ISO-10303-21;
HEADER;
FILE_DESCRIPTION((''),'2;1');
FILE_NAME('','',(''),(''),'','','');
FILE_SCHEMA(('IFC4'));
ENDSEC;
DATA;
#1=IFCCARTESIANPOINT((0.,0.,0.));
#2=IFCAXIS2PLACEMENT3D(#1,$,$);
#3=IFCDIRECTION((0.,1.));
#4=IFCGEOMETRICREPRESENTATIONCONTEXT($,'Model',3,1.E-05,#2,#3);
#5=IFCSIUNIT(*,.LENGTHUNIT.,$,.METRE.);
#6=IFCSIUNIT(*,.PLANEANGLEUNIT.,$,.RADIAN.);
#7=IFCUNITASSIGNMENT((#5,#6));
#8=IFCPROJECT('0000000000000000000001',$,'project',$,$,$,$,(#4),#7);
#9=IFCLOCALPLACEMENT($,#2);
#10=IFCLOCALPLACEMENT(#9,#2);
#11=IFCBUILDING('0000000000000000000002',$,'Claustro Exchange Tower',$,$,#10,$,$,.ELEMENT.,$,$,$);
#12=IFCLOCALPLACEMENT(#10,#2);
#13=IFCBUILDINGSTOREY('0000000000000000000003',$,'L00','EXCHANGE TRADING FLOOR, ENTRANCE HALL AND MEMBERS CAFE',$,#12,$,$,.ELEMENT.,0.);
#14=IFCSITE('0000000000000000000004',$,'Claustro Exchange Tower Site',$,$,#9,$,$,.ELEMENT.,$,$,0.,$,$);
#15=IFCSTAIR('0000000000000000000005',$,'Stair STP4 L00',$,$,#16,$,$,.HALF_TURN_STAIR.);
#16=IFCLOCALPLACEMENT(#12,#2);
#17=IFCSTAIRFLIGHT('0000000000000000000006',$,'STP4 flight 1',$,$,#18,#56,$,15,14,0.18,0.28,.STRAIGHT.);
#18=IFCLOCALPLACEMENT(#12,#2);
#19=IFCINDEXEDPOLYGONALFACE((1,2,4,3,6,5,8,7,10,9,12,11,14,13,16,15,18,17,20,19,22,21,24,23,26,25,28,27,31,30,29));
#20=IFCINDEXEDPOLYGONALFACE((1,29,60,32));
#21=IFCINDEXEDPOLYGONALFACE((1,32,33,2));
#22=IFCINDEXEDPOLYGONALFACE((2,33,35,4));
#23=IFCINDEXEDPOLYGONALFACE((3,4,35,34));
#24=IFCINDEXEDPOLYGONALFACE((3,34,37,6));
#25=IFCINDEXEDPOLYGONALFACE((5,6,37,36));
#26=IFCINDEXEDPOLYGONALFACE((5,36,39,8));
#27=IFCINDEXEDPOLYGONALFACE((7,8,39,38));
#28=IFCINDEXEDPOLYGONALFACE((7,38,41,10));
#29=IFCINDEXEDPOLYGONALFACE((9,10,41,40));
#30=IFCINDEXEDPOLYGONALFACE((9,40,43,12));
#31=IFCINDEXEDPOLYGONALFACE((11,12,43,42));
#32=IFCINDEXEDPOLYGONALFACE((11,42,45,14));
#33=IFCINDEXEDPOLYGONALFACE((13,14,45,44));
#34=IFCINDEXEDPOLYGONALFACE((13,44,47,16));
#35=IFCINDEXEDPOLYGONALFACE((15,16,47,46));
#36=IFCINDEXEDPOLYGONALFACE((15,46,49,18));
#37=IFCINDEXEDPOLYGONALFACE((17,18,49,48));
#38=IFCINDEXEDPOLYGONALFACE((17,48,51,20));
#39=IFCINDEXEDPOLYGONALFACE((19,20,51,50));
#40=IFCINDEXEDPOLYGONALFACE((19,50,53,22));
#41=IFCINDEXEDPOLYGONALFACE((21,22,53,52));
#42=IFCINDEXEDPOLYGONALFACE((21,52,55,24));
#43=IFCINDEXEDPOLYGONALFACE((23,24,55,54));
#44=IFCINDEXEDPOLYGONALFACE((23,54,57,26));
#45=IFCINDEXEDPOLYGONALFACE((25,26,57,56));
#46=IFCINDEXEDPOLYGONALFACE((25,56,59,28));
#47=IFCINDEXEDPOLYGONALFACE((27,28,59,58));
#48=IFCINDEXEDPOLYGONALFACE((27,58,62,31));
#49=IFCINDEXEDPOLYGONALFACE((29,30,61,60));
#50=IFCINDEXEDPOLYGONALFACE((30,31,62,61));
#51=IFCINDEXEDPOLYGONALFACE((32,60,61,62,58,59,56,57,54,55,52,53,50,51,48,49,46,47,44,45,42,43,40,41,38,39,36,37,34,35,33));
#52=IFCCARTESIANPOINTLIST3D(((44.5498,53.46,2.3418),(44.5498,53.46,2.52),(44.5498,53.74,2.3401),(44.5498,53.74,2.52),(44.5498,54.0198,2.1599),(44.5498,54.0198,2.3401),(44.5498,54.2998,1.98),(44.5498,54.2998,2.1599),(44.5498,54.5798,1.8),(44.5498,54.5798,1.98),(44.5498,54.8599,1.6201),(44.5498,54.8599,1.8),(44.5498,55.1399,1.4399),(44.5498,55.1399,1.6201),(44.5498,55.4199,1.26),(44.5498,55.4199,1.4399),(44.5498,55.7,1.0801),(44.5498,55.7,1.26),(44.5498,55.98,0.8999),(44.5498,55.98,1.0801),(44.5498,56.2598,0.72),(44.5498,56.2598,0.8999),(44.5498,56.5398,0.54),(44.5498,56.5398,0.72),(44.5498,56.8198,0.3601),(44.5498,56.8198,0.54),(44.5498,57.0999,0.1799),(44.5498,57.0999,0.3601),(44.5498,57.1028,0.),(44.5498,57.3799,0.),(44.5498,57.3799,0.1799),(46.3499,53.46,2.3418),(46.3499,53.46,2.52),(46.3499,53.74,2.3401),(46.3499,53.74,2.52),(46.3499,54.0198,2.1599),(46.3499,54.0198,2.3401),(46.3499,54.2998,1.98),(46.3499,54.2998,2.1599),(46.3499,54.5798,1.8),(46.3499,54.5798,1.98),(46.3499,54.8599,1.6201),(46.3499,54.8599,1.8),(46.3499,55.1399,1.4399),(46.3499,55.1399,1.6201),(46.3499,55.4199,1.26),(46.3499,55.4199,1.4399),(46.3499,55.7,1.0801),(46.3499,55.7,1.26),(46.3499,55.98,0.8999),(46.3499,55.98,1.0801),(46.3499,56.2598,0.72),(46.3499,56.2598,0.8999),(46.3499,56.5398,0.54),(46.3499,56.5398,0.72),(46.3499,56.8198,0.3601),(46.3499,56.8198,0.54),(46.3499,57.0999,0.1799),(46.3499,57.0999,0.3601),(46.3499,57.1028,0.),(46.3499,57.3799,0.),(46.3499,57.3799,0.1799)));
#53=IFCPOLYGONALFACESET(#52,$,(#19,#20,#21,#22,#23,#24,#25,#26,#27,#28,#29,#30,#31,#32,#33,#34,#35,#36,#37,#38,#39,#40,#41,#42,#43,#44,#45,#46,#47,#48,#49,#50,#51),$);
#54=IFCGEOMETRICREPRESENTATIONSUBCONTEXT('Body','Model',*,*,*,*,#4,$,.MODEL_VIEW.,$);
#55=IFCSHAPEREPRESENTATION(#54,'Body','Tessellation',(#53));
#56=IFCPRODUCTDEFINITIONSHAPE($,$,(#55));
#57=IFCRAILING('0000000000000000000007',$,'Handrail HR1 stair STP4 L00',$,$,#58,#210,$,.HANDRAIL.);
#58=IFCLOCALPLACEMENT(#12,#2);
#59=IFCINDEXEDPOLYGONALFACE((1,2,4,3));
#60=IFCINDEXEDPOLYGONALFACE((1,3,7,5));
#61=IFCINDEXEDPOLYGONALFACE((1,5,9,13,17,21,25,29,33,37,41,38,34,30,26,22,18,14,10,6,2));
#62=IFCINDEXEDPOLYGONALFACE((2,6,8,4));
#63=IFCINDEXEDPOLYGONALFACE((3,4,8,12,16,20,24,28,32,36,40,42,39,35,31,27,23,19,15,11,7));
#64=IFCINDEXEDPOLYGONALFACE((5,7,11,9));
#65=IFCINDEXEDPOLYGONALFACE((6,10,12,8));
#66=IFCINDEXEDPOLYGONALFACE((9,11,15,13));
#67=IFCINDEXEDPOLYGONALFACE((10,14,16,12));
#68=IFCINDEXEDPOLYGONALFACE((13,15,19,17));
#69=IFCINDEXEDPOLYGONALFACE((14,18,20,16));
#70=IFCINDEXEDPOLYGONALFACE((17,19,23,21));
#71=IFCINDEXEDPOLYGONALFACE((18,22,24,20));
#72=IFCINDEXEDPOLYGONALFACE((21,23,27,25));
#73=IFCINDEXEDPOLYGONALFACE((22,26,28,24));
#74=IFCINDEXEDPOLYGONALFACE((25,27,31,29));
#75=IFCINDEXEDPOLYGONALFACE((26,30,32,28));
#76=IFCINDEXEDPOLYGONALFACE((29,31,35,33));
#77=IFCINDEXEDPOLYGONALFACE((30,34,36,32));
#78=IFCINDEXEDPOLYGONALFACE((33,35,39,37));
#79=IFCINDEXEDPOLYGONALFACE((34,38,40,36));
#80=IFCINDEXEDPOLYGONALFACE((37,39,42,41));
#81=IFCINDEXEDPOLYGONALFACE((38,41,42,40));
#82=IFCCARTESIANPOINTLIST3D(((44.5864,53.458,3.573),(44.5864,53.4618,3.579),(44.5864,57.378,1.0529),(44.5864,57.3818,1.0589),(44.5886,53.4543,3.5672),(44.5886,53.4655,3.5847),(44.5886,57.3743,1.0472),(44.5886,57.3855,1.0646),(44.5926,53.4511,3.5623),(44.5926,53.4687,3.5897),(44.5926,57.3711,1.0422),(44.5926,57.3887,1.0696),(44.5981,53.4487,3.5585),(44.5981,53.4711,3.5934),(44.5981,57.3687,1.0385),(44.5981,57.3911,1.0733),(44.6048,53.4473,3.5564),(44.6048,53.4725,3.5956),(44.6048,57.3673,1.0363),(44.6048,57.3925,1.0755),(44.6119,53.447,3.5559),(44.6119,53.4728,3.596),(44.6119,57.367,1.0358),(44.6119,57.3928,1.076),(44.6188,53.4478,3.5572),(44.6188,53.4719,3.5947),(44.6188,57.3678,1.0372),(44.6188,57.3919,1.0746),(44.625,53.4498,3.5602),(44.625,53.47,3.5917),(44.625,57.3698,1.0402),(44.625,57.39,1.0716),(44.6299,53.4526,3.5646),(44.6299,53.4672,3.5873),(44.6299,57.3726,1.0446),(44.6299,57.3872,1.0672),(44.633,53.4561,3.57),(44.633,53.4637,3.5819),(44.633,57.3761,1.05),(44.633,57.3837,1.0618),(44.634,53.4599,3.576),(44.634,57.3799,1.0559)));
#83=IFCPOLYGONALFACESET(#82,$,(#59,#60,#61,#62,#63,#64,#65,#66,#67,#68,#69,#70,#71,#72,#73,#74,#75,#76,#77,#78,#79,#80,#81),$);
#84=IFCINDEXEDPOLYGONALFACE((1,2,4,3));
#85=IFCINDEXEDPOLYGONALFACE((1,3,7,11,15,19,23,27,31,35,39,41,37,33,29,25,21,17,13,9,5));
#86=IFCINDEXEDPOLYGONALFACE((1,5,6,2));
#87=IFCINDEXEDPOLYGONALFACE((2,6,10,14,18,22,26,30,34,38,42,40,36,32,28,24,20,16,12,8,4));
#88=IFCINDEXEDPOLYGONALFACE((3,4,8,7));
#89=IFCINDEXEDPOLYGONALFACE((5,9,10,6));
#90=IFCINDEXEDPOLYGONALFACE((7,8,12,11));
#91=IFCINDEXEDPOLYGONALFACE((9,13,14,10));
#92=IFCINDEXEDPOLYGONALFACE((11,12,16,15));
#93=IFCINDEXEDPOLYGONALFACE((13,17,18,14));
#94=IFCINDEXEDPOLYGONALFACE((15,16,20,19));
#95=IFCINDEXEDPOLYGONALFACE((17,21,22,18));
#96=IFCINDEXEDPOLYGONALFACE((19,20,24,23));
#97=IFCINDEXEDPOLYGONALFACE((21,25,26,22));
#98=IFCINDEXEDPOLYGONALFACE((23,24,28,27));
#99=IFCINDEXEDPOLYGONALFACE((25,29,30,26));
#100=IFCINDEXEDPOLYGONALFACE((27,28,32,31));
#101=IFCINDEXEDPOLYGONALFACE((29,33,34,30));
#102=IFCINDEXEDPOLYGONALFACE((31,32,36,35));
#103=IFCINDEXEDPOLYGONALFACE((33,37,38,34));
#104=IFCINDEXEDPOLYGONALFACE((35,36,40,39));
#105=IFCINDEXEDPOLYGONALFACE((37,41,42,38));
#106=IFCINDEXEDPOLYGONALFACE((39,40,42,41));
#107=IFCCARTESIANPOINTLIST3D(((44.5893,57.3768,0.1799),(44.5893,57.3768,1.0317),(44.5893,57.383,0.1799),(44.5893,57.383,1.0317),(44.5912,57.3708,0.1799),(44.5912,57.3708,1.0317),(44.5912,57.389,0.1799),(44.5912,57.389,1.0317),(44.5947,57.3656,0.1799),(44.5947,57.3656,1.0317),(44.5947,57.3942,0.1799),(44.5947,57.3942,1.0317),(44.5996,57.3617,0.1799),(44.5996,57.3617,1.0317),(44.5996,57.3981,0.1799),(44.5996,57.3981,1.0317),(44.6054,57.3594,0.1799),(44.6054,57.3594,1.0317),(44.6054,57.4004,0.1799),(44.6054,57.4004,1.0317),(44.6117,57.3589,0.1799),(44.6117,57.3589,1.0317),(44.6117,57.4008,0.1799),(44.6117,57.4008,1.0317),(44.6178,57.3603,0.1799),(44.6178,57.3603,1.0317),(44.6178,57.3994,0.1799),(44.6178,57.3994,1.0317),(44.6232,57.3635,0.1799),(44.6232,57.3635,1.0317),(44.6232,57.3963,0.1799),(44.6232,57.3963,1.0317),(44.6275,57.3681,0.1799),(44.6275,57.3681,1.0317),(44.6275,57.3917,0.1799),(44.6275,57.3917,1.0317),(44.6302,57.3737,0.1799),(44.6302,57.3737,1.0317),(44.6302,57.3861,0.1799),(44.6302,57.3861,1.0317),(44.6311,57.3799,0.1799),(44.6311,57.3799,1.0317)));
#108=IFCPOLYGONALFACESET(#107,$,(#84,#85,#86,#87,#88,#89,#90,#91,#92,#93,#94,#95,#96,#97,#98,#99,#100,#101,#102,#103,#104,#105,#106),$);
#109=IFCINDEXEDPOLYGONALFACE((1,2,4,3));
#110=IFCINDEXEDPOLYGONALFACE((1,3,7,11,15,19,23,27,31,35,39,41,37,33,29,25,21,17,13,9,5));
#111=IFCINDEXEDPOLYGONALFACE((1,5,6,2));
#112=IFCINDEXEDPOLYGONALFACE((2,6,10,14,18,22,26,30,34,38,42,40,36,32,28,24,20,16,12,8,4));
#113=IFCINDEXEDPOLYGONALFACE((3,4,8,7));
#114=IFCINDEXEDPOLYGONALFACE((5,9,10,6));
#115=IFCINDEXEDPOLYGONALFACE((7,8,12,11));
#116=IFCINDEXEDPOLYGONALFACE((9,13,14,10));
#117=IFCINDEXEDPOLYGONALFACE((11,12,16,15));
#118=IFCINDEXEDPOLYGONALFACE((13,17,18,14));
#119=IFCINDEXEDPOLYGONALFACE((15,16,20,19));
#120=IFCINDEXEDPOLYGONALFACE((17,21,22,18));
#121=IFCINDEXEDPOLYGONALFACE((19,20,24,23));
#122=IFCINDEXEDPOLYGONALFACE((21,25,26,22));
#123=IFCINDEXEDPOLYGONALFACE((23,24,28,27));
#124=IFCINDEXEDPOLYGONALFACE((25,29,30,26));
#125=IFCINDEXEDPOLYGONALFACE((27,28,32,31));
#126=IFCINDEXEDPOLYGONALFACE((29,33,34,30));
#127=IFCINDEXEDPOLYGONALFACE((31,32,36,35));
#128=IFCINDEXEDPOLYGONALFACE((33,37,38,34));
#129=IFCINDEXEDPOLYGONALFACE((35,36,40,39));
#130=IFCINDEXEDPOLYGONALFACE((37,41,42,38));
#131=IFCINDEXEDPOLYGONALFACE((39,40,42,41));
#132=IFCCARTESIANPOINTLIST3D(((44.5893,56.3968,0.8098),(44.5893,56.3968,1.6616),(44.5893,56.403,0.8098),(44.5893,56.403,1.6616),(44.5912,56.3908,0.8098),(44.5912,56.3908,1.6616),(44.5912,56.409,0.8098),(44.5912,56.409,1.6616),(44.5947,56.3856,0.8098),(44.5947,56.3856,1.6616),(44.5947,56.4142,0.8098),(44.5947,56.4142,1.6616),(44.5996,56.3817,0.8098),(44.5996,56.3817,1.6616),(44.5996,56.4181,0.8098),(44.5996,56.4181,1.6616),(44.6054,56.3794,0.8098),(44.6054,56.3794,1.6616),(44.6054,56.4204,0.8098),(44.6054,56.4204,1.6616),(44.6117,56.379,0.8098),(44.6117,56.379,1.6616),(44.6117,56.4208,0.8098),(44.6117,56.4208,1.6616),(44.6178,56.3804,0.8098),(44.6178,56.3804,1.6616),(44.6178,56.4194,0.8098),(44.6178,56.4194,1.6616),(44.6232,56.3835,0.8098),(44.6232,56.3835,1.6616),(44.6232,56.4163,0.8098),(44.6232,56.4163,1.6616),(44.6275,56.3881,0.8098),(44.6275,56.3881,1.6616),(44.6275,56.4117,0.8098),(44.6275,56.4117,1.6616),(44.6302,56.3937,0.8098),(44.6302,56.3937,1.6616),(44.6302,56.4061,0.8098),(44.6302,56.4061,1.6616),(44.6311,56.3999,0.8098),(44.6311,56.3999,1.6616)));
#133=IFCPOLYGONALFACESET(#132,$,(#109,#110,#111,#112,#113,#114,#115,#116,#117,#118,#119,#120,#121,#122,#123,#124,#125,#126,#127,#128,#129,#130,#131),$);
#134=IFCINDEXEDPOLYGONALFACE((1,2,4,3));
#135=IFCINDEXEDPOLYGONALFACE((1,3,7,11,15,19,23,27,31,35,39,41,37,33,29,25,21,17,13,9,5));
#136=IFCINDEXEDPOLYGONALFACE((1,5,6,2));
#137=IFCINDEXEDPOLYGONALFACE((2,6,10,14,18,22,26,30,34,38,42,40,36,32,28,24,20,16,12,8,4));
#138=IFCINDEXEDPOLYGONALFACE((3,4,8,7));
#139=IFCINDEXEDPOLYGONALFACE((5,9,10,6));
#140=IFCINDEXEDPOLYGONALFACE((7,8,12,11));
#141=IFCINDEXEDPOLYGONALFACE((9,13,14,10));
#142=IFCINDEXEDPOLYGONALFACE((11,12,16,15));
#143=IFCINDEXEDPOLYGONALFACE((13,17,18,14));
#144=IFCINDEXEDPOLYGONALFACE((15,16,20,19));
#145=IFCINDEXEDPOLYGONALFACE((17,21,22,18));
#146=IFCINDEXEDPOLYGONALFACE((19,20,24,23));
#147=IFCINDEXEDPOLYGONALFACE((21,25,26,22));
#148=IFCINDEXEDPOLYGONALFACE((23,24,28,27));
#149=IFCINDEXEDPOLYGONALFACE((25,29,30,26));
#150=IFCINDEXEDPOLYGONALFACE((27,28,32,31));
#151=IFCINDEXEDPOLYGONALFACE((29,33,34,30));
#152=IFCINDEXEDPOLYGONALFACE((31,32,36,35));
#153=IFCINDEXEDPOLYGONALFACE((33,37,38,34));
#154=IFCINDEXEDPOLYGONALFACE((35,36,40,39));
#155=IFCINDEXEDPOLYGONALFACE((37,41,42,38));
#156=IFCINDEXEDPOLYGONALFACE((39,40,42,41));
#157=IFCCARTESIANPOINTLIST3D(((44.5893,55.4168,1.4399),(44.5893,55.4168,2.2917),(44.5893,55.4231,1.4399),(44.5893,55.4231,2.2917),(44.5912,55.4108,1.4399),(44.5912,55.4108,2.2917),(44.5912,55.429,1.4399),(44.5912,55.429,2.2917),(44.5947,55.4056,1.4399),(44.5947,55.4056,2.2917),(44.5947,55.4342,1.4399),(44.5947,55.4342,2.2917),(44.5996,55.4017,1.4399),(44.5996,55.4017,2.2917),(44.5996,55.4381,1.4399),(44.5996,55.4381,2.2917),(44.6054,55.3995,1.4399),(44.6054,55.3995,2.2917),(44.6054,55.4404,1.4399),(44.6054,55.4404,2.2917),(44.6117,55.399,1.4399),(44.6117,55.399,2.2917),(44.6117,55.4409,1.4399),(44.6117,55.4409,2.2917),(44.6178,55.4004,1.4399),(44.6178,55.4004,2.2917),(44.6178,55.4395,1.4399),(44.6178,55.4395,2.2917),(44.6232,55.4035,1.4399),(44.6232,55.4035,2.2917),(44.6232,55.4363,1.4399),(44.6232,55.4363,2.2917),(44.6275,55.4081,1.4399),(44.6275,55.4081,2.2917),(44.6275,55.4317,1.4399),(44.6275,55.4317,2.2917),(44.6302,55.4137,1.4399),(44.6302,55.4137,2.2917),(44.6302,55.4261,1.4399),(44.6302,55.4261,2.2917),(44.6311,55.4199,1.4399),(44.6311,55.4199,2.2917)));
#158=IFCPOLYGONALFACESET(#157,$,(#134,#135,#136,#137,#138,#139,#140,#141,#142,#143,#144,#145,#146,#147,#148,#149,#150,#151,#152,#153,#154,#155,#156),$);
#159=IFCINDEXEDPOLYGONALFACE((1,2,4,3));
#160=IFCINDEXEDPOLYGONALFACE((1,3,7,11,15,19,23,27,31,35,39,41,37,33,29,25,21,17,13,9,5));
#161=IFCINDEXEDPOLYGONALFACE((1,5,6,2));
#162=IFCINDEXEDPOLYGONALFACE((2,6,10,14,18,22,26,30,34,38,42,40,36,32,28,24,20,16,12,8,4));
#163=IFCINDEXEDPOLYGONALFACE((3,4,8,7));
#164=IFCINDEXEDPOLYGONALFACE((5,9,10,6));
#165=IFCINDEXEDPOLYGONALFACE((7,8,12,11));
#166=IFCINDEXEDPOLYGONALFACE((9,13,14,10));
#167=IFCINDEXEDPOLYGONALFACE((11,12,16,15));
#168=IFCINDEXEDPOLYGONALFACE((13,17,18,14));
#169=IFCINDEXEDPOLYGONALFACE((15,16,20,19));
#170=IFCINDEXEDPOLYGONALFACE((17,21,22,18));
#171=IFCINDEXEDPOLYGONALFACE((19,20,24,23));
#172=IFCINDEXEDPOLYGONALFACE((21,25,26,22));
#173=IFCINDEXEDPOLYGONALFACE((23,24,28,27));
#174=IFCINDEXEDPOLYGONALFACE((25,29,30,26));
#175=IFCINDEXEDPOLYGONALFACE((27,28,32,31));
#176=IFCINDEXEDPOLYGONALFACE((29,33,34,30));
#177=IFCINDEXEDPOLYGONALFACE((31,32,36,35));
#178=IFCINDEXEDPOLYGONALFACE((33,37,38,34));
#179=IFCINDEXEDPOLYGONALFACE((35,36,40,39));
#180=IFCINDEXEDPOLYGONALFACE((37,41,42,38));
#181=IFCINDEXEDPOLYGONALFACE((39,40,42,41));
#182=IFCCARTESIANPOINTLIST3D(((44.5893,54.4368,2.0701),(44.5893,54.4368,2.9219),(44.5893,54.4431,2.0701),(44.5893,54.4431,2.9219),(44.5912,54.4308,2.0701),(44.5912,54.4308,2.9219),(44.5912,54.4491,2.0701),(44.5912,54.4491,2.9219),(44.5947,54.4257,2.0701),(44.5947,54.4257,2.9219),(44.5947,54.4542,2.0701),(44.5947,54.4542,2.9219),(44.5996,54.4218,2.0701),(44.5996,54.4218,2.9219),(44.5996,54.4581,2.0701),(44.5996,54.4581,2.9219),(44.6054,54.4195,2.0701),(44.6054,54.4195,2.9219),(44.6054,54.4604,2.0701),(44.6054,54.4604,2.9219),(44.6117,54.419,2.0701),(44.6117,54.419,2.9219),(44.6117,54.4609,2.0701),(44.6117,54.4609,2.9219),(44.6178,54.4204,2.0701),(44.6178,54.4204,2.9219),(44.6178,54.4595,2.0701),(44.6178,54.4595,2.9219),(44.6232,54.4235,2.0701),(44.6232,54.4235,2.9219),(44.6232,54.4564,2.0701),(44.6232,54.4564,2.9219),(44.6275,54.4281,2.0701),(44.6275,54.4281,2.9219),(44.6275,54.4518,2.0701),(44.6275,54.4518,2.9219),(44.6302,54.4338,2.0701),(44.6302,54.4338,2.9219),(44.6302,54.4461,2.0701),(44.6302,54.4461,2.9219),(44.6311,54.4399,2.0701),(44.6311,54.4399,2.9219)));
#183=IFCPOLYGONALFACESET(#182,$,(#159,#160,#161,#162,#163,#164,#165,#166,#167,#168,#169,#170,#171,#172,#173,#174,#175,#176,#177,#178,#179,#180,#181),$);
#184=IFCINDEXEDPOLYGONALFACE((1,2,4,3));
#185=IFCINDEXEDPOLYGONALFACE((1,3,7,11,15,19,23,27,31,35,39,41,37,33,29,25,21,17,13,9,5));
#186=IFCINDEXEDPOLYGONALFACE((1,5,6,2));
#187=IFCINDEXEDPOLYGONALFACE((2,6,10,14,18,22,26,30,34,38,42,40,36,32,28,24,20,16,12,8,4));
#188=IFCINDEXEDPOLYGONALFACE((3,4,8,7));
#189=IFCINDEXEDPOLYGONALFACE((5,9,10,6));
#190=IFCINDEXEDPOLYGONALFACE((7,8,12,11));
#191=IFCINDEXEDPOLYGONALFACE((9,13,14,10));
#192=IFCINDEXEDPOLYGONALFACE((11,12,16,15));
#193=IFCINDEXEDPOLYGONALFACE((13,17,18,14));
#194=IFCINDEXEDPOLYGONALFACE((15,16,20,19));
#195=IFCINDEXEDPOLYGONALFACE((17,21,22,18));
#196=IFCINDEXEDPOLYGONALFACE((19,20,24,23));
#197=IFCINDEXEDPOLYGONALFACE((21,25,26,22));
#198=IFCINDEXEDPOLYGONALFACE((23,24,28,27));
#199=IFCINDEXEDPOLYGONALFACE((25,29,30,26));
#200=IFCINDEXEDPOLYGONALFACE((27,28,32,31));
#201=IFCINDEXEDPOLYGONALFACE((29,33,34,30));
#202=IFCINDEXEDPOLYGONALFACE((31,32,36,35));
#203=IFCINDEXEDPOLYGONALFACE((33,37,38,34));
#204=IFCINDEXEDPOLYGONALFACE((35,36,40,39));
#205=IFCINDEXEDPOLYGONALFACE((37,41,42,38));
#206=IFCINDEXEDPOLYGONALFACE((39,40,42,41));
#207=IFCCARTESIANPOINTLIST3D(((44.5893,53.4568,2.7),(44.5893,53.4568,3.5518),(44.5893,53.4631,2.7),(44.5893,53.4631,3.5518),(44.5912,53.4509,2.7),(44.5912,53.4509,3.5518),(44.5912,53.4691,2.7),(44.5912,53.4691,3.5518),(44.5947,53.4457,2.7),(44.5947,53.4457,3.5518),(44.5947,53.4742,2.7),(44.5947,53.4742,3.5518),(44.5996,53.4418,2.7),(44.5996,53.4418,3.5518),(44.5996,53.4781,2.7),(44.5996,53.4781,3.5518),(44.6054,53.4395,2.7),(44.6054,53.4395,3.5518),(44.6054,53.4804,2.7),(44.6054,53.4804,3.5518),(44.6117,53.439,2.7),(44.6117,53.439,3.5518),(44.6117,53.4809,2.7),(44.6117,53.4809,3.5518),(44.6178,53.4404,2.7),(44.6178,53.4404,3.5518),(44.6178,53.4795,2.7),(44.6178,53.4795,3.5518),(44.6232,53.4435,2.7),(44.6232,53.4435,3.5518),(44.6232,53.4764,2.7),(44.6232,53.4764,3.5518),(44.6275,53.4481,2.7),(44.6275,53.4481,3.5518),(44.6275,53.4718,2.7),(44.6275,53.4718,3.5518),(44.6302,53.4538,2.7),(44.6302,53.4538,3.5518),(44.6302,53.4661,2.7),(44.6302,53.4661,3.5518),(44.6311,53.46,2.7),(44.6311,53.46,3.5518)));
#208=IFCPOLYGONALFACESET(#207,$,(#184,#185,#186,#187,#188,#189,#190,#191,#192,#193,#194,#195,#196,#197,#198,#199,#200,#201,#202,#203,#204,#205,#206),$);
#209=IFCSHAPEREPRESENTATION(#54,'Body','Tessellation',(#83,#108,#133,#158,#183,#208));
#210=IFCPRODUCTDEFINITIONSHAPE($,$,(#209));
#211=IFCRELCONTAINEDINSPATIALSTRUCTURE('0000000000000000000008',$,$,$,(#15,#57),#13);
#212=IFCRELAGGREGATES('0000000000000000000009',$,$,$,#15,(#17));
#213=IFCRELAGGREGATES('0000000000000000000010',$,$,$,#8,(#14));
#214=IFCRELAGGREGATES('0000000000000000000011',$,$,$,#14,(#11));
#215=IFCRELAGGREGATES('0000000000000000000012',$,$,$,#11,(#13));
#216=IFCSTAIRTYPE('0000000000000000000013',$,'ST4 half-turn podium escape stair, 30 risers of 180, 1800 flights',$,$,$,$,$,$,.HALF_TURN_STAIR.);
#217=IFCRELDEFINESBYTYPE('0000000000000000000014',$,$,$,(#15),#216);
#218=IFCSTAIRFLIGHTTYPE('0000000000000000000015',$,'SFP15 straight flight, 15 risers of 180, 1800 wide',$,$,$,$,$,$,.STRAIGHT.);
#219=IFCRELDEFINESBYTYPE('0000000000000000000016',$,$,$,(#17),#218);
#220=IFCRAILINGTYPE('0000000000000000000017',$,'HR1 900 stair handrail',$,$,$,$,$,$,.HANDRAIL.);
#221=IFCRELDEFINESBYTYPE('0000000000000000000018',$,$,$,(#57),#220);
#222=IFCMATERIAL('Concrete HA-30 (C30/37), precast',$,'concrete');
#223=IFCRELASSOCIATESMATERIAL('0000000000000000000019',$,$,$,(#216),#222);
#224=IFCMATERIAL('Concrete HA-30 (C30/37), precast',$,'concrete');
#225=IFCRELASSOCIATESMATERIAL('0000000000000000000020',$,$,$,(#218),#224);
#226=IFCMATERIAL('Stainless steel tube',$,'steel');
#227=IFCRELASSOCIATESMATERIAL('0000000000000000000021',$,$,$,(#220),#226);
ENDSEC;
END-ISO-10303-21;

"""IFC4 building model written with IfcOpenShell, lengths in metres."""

from ifc_helpers import new_model, si_unit, direction, frame, origin, origin_2d, place, context, subcontext, project, spatial, polyline, circle, outline, extrude, material, type_object, element, aggregate, save


model = new_model("IFC4")

# Units and contexts
model_context = context("Model", 3, precision=1e-05, world=origin(), true_north=direction((0.0, 1.0)))
body_context = subcontext(model_context, "Body", "Model", "MODEL_VIEW")
ifc_project = project(units=[si_unit("LENGTHUNIT", "METRE"), si_unit("PLANEANGLEUNIT", "RADIAN")], contexts=[model_context])

# Site, building, storey
site_placement = place(None, origin())
site = spatial("IfcSite", under=ifc_project, at=site_placement, Name="Claustro Exchange Tower Site", CompositionType="ELEMENT", RefElevation=0.0)
building_placement = place(site_placement, origin())
building = spatial("IfcBuilding", under=site, at=building_placement, Name="Claustro Exchange Tower", CompositionType="ELEMENT")
storey_placement = place(building_placement, origin())
storey = spatial("IfcBuildingStorey", under=building, at=storey_placement, Name="L00", Description="EXCHANGE TRADING FLOOR, ENTRANCE HALL AND MEMBERS CAFE", CompositionType="ELEMENT", Elevation=0.0)

# Stair, stair flight
ifc_material_1 = material(Name="Concrete HA-30 (C30/37), precast", Category="concrete")
stair_type = type_object("IfcStairType", Name="ST4 half-turn podium escape stair, 30 risers of 180, 1800 flights", PredefinedType="HALF_TURN_STAIR", material=ifc_material_1)
stair_placement = place(storey_placement, origin())
stair = element("IfcStair", 1, at=stair_placement, inside=storey, type_object=stair_type, Name="Stair STP4 L00", PredefinedType="HALF_TURN_STAIR")
ifc_material_2 = material(Name="Concrete HA-30 (C30/37), precast", Category="concrete")
stair_flight_type = type_object("IfcStairFlightType", Name="SFP15 straight flight, 15 risers of 180, 1800 wide", PredefinedType="STRAIGHT", material=ifc_material_2)
stair_flight_placement = place(storey_placement, frame((45.45, 57.3799, 0.0), z_axis=(0.0, 0.0, 1.0), x_axis=(0.0, -1.0, 0.0)))
stair_flight = element("IfcStairFlight", 2, at=stair_flight_placement, type_object=stair_flight_type, Name="STP4 flight 1", NumberOfRisers=15, NumberOfTreads=14, PredefinedType="STRAIGHT", RiserHeight=0.18, TreadLength=0.28, context=body_context, shape_type="SweptSolid", body=[
    extrude(outline(polyline([(0.0, 0.0), (0.0, 0.1799), (0.28, 0.1799), (0.28, 0.3601), (0.5601, 0.3601), (0.5601, 0.54), (0.8401, 0.54), (0.8401, 0.72), (1.1201, 0.72), (1.1201, 0.8999), (1.3999, 0.8999), (1.3999, 1.0801), (1.6799, 1.0801), (1.6799, 1.26), (1.96, 1.26), (1.96, 1.4399), (2.24, 1.4399), (2.24, 1.6201), (2.52, 1.6201), (2.52, 1.8), (2.8, 1.8), (2.8, 1.98), (3.0801, 1.98), (3.0801, 2.1599), (3.3601, 2.1599), (3.3601, 2.3401), (3.6399, 2.3401), (3.6399, 2.52), (3.9199, 2.52), (3.9199, 2.7), (3.9199, 2.3418), (0.2771, 0.0), (0.0, 0.0)])), frame((0.0, 0.8999, 0.0), z_axis=(0.0, -1.0, 0.0), x_axis=(1.0, 0.0, 0.0)), (0.0, 0.0, 1.0), 1.8),
])
aggregate(stair, [stair_flight])

# Railing
ifc_material_3 = material(Name="Stainless steel tube", Category="steel")
railing_type_1 = type_object("IfcRailingType", Name="HR1 900 stair handrail", PredefinedType="HANDRAIL", material=ifc_material_3)
railing_1_placement = place(storey_placement, frame((44.6101, 57.3799, 0.1799)))
element("IfcRailing", 3, at=railing_1_placement, inside=storey, type_object=railing_type_1, Name="Handrail HR1 stair STP4 L00", PredefinedType="HANDRAIL", context=body_context, shape_type="SweptSolid", body=[
    extrude(circle(Radius=0.0239, at=origin_2d()), frame((0.0, 0.0, 0.876), z_axis=(0.0, -0.841172, 0.540768), x_axis=(1.0, 0.0, 0.0)), (0.0, 0.0, 1.0), 4.6602),
    extrude(circle(Radius=0.021, at=origin_2d()), origin(), (0.0, 0.0, 1.0), 0.8518),
    extrude(circle(Radius=0.021, at=origin_2d()), frame((0.0, -0.98, 0.6299)), (0.0, 0.0, 1.0), 0.8518),
    extrude(circle(Radius=0.021, at=origin_2d()), frame((0.0, -1.96, 1.26)), (0.0, 0.0, 1.0), 0.8518),
    extrude(circle(Radius=0.021, at=origin_2d()), frame((0.0, -2.9399, 1.8901)), (0.0, 0.0, 1.0), 0.8518),
    extrude(circle(Radius=0.021, at=origin_2d()), frame((0.0, -3.9199, 2.52)), (0.0, 0.0, 1.0), 0.8518),
])

save(model, "model.ifc")
